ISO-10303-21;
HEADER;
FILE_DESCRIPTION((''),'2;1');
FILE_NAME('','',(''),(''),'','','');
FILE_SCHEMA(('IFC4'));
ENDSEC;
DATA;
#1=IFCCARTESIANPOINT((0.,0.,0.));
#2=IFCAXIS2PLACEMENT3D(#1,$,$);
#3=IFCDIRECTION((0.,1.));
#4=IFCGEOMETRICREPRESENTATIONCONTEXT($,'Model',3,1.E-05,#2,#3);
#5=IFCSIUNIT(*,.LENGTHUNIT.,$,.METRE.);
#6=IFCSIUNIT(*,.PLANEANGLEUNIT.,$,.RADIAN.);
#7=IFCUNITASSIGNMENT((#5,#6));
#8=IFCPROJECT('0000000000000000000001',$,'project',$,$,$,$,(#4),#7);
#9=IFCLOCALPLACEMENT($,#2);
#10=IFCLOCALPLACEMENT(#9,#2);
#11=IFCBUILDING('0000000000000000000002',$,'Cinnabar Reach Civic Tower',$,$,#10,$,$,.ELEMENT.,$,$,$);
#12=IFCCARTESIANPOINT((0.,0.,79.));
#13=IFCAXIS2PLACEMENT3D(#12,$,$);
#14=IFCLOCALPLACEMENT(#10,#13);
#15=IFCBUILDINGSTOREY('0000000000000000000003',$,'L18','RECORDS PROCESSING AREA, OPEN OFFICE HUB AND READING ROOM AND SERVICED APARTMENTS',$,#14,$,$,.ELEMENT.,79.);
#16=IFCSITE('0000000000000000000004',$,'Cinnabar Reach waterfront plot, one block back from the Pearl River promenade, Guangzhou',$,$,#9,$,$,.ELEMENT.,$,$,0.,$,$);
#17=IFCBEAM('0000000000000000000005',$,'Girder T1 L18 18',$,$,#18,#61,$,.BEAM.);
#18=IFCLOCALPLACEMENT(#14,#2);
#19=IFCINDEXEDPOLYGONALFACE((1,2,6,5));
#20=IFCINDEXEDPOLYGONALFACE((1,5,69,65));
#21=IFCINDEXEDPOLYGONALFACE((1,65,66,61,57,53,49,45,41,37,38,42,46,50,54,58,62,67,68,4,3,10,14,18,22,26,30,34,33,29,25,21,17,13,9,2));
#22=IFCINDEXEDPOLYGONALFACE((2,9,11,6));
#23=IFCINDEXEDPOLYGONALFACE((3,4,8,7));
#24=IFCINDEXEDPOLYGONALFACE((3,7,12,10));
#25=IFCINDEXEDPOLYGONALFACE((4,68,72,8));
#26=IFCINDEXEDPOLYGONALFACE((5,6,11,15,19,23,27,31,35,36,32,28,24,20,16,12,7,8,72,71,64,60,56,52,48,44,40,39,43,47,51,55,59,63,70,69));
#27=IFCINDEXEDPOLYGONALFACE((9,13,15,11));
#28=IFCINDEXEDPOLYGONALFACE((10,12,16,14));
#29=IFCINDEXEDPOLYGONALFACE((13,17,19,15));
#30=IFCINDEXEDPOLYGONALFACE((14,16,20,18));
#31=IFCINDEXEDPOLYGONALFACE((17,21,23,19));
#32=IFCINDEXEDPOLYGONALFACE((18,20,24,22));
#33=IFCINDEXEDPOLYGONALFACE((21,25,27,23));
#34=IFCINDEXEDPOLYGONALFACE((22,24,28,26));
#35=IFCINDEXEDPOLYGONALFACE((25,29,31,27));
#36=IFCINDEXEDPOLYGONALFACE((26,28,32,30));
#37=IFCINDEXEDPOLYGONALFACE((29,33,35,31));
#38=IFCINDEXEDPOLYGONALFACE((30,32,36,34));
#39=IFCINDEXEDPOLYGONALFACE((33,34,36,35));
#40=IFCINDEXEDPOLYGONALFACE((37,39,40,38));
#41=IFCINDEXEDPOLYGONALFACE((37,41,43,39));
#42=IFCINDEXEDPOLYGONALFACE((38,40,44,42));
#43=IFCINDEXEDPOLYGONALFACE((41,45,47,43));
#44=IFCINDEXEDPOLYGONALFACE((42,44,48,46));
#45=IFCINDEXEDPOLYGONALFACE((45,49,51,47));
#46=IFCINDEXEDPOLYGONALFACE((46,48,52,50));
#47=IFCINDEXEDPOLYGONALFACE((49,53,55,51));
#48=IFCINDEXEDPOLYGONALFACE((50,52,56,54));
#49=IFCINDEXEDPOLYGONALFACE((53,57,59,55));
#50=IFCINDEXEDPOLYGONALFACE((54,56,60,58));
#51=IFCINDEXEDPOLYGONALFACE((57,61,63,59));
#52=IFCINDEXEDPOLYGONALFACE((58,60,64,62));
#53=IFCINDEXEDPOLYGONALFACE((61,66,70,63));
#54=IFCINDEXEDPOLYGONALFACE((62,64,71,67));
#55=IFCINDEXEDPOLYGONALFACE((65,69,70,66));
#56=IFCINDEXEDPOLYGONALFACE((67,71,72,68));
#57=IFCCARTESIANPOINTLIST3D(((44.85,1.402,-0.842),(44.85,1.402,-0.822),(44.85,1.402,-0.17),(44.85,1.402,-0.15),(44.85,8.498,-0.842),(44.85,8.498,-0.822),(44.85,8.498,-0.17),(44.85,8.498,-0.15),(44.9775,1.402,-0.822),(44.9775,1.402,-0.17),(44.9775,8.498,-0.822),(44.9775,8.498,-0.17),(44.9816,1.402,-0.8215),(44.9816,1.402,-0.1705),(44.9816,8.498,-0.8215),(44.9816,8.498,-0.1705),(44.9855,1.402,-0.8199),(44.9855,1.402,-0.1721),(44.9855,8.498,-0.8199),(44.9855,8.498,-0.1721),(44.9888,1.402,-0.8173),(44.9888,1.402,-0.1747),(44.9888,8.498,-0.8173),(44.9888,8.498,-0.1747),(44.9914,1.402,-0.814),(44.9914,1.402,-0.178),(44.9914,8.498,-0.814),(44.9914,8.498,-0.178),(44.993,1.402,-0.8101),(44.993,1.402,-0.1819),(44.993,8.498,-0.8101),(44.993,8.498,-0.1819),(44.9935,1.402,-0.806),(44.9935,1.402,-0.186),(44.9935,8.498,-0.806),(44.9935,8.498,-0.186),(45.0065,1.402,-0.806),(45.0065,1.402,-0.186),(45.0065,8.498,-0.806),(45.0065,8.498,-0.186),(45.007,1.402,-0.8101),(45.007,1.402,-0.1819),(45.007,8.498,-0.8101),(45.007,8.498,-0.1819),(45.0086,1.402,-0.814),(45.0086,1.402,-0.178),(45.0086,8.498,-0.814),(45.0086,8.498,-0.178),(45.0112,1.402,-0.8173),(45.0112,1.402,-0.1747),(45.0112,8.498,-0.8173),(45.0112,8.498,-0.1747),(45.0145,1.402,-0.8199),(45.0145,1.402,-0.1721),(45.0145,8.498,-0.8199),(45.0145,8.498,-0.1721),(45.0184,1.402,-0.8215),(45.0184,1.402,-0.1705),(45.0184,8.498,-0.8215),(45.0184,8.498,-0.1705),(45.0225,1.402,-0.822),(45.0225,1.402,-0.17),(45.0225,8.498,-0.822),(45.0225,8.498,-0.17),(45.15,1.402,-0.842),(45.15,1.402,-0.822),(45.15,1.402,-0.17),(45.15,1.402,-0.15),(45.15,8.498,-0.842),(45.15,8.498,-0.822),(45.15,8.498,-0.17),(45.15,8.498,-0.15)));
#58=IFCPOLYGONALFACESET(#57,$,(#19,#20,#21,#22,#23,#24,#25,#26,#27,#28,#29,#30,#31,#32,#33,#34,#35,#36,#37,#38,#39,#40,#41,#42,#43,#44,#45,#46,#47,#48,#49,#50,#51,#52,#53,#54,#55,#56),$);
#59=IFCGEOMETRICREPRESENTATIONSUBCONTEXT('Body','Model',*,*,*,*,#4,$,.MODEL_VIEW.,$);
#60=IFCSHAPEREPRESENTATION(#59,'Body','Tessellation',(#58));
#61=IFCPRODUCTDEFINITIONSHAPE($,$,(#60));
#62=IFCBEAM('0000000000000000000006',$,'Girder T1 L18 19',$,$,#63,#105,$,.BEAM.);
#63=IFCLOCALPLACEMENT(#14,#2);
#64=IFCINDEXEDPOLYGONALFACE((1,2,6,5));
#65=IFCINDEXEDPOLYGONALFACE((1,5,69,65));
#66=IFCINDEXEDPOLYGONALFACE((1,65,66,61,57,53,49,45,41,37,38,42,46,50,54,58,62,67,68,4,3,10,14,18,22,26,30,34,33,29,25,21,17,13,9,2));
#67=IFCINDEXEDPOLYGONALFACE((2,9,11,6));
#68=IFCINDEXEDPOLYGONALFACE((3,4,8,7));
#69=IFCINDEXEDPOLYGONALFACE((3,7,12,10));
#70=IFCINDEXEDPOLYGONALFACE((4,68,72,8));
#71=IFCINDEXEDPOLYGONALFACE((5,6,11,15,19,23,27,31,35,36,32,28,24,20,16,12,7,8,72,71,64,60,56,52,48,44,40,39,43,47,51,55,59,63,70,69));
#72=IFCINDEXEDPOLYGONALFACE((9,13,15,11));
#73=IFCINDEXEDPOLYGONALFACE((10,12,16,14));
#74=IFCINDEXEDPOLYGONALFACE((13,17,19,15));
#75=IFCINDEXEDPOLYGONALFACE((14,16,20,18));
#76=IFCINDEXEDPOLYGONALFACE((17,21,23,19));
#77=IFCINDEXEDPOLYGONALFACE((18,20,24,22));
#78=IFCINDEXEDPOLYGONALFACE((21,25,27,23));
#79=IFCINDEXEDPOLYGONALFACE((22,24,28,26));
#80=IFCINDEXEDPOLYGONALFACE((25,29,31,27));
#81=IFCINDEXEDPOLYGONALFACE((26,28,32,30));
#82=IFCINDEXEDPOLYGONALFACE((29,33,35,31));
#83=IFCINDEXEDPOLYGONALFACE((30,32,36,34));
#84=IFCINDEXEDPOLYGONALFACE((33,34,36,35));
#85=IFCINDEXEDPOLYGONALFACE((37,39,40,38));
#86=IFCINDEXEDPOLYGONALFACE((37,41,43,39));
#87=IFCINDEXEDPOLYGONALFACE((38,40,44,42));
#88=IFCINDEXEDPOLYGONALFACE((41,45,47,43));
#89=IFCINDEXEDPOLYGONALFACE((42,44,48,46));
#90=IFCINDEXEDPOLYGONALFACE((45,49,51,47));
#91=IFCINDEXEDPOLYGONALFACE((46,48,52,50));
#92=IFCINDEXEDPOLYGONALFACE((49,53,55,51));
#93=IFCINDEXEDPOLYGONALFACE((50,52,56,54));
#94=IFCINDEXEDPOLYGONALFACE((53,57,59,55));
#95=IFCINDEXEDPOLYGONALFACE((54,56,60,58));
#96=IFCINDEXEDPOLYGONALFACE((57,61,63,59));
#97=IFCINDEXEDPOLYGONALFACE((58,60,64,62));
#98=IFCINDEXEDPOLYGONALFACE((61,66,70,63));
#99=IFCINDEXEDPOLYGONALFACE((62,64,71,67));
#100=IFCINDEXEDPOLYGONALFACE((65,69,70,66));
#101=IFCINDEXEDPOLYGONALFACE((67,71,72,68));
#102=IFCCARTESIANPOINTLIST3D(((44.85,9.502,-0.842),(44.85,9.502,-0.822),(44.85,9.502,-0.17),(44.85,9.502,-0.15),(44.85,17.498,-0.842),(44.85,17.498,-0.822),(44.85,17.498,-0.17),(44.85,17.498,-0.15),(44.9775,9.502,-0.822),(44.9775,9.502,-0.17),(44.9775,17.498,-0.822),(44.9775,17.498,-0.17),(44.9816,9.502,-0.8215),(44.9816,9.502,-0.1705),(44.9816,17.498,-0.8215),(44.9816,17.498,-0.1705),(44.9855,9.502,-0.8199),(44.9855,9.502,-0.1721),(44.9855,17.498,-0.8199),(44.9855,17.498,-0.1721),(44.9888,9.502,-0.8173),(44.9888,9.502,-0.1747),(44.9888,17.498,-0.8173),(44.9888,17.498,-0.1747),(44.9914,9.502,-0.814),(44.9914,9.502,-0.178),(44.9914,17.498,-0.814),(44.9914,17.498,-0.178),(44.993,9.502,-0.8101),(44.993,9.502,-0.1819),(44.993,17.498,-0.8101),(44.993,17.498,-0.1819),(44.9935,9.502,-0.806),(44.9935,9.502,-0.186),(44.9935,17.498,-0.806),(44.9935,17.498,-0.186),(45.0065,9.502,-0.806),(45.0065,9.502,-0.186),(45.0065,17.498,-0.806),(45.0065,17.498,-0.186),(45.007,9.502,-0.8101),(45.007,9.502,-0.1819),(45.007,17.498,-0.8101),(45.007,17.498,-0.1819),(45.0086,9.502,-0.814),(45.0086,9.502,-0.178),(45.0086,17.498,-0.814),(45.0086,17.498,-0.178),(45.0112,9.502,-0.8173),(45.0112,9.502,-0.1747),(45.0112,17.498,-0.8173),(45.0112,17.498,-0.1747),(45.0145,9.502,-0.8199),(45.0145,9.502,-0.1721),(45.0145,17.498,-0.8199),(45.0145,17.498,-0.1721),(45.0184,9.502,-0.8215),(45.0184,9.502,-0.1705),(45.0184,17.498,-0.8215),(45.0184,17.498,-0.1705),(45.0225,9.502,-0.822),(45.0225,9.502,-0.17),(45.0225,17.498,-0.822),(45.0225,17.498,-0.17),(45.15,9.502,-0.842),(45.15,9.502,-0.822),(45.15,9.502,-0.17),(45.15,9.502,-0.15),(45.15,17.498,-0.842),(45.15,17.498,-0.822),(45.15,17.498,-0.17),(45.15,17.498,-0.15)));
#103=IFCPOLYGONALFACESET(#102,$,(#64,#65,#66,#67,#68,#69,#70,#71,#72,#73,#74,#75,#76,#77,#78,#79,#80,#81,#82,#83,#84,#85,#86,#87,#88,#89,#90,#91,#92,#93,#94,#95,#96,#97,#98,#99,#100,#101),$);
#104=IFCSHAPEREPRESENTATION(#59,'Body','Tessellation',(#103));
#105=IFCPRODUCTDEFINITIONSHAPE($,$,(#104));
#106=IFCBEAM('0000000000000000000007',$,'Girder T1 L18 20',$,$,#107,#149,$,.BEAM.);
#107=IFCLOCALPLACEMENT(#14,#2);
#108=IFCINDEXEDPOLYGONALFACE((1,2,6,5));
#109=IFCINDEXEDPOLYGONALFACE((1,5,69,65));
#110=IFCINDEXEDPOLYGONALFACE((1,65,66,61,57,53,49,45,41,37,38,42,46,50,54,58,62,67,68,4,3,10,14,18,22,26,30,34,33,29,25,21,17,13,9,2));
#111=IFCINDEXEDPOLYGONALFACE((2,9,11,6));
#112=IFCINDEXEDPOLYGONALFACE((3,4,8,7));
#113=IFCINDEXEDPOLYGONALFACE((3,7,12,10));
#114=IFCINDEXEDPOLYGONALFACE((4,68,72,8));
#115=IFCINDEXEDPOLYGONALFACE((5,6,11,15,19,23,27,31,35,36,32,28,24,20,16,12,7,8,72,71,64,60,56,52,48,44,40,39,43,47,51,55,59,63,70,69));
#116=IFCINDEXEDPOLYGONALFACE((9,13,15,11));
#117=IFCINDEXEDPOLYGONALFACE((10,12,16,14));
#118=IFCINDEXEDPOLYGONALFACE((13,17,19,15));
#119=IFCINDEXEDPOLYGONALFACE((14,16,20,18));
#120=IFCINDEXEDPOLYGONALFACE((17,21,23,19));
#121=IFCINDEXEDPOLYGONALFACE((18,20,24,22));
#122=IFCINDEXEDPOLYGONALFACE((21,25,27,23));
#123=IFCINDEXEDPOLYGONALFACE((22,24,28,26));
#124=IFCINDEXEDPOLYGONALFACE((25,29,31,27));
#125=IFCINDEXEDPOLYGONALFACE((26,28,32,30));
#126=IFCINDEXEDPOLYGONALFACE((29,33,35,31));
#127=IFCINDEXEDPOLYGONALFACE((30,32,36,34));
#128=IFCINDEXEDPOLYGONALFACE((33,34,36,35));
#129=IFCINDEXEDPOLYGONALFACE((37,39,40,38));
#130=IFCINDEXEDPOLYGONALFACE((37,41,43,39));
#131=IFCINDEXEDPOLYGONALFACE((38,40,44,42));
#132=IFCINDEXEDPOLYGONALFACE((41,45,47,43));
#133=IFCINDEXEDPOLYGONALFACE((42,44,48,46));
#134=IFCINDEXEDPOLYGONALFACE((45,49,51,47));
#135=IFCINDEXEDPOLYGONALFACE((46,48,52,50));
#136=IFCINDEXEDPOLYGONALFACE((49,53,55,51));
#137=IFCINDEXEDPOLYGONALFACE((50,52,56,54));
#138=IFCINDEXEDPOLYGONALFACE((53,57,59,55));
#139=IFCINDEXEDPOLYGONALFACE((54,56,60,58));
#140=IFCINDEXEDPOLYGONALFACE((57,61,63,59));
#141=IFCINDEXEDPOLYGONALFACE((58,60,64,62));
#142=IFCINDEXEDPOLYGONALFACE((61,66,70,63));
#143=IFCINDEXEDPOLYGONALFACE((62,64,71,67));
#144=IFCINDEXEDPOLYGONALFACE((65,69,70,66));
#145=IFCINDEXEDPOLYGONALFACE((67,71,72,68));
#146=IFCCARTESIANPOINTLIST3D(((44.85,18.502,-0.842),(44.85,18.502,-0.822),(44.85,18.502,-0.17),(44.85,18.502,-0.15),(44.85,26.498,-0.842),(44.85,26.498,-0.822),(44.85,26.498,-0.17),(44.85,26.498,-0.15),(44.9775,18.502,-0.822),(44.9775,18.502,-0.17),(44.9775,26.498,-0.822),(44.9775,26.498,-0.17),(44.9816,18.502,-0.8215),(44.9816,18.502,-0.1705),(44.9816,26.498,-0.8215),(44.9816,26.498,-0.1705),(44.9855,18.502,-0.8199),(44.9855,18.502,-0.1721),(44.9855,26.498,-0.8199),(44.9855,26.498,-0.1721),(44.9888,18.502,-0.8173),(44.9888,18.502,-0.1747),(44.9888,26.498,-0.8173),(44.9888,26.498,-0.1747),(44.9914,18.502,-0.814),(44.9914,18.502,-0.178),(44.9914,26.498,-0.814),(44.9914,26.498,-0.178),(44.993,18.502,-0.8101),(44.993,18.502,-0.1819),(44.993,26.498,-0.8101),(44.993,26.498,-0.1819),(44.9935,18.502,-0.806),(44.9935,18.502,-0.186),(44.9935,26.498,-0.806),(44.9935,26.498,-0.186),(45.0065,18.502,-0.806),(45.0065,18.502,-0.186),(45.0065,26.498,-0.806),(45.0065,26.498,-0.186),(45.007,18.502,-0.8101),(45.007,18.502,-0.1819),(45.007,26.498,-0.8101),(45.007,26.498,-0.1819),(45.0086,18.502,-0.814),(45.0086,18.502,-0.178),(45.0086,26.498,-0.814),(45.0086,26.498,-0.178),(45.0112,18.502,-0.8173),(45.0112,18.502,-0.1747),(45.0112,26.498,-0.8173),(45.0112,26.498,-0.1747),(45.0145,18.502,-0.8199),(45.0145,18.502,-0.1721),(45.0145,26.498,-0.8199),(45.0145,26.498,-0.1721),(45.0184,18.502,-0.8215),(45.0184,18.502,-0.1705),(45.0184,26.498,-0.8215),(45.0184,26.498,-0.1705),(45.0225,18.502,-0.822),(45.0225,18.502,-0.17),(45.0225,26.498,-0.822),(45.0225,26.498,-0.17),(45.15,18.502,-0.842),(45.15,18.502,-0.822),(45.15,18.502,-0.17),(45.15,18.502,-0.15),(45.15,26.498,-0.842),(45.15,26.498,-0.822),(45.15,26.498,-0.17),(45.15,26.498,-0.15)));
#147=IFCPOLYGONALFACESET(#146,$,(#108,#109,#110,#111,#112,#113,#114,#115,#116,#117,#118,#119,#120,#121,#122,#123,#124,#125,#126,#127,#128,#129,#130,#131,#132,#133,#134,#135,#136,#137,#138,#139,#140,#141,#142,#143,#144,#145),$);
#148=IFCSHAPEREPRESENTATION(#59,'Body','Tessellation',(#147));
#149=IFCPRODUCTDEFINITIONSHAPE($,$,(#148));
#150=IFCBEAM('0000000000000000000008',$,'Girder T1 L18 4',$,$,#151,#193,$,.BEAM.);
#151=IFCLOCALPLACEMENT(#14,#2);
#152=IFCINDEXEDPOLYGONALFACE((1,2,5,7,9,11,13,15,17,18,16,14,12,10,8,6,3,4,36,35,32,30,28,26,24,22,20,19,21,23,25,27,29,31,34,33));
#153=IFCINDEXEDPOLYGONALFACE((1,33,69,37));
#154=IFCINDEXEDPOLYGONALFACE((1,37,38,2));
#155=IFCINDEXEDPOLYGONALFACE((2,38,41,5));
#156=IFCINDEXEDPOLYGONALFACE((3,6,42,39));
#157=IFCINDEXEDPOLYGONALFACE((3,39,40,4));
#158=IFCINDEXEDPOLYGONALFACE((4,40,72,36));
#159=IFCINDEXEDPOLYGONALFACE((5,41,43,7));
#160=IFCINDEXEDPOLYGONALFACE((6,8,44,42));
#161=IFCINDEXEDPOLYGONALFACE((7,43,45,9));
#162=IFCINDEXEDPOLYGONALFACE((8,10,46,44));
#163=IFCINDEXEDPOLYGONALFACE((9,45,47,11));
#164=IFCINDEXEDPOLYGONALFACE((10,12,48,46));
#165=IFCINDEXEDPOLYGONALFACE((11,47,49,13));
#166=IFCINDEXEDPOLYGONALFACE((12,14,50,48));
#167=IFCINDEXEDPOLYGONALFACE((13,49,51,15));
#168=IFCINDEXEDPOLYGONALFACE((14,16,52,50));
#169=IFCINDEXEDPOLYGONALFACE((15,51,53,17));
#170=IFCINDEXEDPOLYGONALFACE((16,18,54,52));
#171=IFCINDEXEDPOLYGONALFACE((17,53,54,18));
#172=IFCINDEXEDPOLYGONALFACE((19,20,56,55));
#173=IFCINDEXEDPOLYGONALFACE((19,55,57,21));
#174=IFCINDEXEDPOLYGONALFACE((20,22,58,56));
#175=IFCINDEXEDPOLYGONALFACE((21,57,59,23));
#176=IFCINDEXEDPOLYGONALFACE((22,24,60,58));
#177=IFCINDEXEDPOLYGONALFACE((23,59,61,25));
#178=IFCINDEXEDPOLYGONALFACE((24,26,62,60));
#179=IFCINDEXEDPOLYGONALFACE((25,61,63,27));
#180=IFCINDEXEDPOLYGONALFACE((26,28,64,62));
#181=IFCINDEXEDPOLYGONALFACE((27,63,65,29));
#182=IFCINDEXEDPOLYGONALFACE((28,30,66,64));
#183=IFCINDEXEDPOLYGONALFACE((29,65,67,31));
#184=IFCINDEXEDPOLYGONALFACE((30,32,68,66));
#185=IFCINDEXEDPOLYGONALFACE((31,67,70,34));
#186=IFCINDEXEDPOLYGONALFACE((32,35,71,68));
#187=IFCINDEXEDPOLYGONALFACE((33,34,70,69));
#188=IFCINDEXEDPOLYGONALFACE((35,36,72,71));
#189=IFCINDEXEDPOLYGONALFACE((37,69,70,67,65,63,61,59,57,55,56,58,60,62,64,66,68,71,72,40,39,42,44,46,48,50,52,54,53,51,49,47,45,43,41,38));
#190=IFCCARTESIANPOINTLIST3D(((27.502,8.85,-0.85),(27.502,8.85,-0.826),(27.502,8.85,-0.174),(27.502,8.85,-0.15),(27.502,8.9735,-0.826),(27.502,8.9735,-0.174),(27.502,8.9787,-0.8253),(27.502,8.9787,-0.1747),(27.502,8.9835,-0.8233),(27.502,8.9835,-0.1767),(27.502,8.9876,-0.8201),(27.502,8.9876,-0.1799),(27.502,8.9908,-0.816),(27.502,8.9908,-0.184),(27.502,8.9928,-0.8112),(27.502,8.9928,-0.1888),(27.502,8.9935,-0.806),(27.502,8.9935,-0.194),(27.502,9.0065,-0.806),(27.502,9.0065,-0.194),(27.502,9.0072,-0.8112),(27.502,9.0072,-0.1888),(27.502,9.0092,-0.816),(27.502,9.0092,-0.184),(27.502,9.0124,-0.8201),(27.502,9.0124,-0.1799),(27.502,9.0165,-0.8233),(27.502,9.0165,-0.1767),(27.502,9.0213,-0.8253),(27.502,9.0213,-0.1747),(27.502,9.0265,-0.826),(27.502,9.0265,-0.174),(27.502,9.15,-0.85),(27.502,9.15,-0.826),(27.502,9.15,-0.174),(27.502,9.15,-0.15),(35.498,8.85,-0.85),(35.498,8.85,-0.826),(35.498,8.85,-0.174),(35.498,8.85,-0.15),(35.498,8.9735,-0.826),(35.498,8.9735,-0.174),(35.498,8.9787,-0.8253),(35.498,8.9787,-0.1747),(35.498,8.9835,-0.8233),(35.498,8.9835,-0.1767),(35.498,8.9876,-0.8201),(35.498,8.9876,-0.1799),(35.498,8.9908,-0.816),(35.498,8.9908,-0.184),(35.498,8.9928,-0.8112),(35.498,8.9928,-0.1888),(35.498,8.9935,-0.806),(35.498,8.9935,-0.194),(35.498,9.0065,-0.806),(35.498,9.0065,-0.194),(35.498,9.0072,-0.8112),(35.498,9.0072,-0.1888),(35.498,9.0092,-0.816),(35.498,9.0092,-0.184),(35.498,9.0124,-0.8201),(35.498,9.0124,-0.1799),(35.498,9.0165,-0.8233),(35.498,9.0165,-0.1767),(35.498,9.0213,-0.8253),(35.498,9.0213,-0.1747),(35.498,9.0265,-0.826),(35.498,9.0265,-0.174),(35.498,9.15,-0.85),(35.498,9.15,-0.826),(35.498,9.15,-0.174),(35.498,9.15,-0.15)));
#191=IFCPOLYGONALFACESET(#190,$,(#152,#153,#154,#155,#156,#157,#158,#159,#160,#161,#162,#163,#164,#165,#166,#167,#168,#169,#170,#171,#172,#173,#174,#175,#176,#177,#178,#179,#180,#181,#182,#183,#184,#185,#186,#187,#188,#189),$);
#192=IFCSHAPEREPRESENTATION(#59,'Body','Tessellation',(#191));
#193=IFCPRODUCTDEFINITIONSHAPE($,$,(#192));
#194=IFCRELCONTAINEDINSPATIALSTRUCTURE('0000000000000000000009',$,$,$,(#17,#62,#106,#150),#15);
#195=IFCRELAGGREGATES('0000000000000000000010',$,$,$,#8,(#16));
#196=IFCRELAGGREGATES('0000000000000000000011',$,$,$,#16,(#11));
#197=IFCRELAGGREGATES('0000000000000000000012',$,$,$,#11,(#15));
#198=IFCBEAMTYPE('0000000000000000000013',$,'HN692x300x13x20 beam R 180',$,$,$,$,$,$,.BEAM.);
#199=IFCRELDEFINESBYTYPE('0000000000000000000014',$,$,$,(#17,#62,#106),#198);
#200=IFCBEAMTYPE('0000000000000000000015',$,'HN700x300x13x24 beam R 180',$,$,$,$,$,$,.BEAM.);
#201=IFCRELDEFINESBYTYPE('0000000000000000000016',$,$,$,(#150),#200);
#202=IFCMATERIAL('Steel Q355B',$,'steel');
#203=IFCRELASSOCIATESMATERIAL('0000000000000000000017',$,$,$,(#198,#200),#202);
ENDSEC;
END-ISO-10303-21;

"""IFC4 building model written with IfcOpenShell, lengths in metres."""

from ifc_helpers import new_model, si_unit, direction, frame, origin, origin_2d, place, context, subcontext, project, spatial, i_section, extrude, material, material_profile, profile_set, type_object, element, save


model = new_model("IFC4")

# Units and contexts
model_context = context("Model", 3, precision=1e-05, world=origin(), true_north=direction((0.0, 1.0)))
body_context = subcontext(model_context, "Body", "Model", "MODEL_VIEW")
ifc_project = project(units=[si_unit("LENGTHUNIT", "METRE"), si_unit("PLANEANGLEUNIT", "RADIAN")], contexts=[model_context])

# Site, building, storey
site_placement = place(None, origin())
site = spatial("IfcSite", under=ifc_project, at=site_placement, Name="Cinnabar Reach waterfront plot, one block back from the Pearl River promenade, Guangzhou", CompositionType="ELEMENT", RefElevation=0.0)
building_placement = place(site_placement, origin())
building = spatial("IfcBuilding", under=site, at=building_placement, Name="Cinnabar Reach Civic Tower", CompositionType="ELEMENT")
storey_placement = place(building_placement, frame((0.0, 0.0, 79.0)))
storey = spatial("IfcBuildingStorey", under=building, at=storey_placement, Name="L18", Description="RECORDS PROCESSING AREA, OPEN OFFICE HUB AND READING ROOM AND SERVICED APARTMENTS", CompositionType="ELEMENT", Elevation=79.0)

# Beams
ifc_material_1 = material(Name="Steel Q355B", Category="steel")
ifc_material_profile_1 = material_profile(ifc_material_1, i_section(OverallWidth=0.3, OverallDepth=0.692, WebThickness=0.013, FlangeThickness=0.02, FilletRadius=0.016, at=origin_2d()), Name="HN692x300x13x20")
ifc_profile_set_1 = profile_set([ifc_material_profile_1], Name="Steel Q355B")
beam_type_1 = type_object("IfcBeamType", Name="HN692x300x13x20 beam R 180", PredefinedType="BEAM", material=ifc_profile_set_1)
beam_1_placement = place(storey_placement, frame((45.0, 1.402, -0.496), z_axis=(0.0, 1.0, 0.0), x_axis=(-1.0, 0.0, 0.0)))
element("IfcBeam", 1, at=beam_1_placement, inside=storey, type_object=beam_type_1, Name="Girder T1 L18 18", PredefinedType="BEAM", context=body_context, shape_type="SweptSolid", body=[
    extrude(i_section(OverallWidth=0.3, OverallDepth=0.692, WebThickness=0.013, FlangeThickness=0.02, FilletRadius=0.016, at=origin_2d()), origin(), (0.0, 0.0, 1.0), 7.096),
])
for number, where, z_axis, x_axis, name in (
    (2, (45.0, 9.502, -0.496), (0.0, 1.0, 0.0), (-1.0, 0.0, 0.0), "Girder T1 L18 19"),
    (3, (45.0, 18.502, -0.496), (0.0, 1.0, 0.0), (-1.0, 0.0, 0.0), "Girder T1 L18 20"),
):
    element("IfcBeam", number, at=place(storey_placement, frame(where, z_axis=z_axis, x_axis=x_axis)), inside=storey, type_object=beam_type_1, Name=name, PredefinedType="BEAM", context=body_context, shape_type="SweptSolid", body=[
        extrude(i_section(OverallWidth=0.3, OverallDepth=0.692, WebThickness=0.013, FlangeThickness=0.02, FilletRadius=0.016, at=origin_2d()), origin(), (0.0, 0.0, 1.0), 7.996),
    ])
ifc_material_profile_2 = material_profile(ifc_material_1, i_section(OverallWidth=0.3, OverallDepth=0.7, WebThickness=0.013, FlangeThickness=0.024, FilletRadius=0.02, at=origin_2d()), Name="HN700x300x13x24")
ifc_profile_set_2 = profile_set([ifc_material_profile_2], Name="Steel Q355B")
beam_type_2 = type_object("IfcBeamType", Name="HN700x300x13x24 beam R 180", PredefinedType="BEAM", material=ifc_profile_set_2)
for number, where, z_axis, x_axis, name in (
    (4, (27.502, 9.0, -0.5), (1.0, 0.0, 0.0), (0.0, 1.0, 0.0), "Girder T1 L18 4"),
):
    element("IfcBeam", number, at=place(storey_placement, frame(where, z_axis=z_axis, x_axis=x_axis)), inside=storey, type_object=beam_type_2, Name=name, PredefinedType="BEAM", context=body_context, shape_type="SweptSolid", body=[
        extrude(i_section(OverallWidth=0.3, OverallDepth=0.7, WebThickness=0.013, FlangeThickness=0.024, FilletRadius=0.02, at=origin_2d()), origin(), (0.0, 0.0, 1.0), 7.996),
    ])

save(model, "model.ifc")
